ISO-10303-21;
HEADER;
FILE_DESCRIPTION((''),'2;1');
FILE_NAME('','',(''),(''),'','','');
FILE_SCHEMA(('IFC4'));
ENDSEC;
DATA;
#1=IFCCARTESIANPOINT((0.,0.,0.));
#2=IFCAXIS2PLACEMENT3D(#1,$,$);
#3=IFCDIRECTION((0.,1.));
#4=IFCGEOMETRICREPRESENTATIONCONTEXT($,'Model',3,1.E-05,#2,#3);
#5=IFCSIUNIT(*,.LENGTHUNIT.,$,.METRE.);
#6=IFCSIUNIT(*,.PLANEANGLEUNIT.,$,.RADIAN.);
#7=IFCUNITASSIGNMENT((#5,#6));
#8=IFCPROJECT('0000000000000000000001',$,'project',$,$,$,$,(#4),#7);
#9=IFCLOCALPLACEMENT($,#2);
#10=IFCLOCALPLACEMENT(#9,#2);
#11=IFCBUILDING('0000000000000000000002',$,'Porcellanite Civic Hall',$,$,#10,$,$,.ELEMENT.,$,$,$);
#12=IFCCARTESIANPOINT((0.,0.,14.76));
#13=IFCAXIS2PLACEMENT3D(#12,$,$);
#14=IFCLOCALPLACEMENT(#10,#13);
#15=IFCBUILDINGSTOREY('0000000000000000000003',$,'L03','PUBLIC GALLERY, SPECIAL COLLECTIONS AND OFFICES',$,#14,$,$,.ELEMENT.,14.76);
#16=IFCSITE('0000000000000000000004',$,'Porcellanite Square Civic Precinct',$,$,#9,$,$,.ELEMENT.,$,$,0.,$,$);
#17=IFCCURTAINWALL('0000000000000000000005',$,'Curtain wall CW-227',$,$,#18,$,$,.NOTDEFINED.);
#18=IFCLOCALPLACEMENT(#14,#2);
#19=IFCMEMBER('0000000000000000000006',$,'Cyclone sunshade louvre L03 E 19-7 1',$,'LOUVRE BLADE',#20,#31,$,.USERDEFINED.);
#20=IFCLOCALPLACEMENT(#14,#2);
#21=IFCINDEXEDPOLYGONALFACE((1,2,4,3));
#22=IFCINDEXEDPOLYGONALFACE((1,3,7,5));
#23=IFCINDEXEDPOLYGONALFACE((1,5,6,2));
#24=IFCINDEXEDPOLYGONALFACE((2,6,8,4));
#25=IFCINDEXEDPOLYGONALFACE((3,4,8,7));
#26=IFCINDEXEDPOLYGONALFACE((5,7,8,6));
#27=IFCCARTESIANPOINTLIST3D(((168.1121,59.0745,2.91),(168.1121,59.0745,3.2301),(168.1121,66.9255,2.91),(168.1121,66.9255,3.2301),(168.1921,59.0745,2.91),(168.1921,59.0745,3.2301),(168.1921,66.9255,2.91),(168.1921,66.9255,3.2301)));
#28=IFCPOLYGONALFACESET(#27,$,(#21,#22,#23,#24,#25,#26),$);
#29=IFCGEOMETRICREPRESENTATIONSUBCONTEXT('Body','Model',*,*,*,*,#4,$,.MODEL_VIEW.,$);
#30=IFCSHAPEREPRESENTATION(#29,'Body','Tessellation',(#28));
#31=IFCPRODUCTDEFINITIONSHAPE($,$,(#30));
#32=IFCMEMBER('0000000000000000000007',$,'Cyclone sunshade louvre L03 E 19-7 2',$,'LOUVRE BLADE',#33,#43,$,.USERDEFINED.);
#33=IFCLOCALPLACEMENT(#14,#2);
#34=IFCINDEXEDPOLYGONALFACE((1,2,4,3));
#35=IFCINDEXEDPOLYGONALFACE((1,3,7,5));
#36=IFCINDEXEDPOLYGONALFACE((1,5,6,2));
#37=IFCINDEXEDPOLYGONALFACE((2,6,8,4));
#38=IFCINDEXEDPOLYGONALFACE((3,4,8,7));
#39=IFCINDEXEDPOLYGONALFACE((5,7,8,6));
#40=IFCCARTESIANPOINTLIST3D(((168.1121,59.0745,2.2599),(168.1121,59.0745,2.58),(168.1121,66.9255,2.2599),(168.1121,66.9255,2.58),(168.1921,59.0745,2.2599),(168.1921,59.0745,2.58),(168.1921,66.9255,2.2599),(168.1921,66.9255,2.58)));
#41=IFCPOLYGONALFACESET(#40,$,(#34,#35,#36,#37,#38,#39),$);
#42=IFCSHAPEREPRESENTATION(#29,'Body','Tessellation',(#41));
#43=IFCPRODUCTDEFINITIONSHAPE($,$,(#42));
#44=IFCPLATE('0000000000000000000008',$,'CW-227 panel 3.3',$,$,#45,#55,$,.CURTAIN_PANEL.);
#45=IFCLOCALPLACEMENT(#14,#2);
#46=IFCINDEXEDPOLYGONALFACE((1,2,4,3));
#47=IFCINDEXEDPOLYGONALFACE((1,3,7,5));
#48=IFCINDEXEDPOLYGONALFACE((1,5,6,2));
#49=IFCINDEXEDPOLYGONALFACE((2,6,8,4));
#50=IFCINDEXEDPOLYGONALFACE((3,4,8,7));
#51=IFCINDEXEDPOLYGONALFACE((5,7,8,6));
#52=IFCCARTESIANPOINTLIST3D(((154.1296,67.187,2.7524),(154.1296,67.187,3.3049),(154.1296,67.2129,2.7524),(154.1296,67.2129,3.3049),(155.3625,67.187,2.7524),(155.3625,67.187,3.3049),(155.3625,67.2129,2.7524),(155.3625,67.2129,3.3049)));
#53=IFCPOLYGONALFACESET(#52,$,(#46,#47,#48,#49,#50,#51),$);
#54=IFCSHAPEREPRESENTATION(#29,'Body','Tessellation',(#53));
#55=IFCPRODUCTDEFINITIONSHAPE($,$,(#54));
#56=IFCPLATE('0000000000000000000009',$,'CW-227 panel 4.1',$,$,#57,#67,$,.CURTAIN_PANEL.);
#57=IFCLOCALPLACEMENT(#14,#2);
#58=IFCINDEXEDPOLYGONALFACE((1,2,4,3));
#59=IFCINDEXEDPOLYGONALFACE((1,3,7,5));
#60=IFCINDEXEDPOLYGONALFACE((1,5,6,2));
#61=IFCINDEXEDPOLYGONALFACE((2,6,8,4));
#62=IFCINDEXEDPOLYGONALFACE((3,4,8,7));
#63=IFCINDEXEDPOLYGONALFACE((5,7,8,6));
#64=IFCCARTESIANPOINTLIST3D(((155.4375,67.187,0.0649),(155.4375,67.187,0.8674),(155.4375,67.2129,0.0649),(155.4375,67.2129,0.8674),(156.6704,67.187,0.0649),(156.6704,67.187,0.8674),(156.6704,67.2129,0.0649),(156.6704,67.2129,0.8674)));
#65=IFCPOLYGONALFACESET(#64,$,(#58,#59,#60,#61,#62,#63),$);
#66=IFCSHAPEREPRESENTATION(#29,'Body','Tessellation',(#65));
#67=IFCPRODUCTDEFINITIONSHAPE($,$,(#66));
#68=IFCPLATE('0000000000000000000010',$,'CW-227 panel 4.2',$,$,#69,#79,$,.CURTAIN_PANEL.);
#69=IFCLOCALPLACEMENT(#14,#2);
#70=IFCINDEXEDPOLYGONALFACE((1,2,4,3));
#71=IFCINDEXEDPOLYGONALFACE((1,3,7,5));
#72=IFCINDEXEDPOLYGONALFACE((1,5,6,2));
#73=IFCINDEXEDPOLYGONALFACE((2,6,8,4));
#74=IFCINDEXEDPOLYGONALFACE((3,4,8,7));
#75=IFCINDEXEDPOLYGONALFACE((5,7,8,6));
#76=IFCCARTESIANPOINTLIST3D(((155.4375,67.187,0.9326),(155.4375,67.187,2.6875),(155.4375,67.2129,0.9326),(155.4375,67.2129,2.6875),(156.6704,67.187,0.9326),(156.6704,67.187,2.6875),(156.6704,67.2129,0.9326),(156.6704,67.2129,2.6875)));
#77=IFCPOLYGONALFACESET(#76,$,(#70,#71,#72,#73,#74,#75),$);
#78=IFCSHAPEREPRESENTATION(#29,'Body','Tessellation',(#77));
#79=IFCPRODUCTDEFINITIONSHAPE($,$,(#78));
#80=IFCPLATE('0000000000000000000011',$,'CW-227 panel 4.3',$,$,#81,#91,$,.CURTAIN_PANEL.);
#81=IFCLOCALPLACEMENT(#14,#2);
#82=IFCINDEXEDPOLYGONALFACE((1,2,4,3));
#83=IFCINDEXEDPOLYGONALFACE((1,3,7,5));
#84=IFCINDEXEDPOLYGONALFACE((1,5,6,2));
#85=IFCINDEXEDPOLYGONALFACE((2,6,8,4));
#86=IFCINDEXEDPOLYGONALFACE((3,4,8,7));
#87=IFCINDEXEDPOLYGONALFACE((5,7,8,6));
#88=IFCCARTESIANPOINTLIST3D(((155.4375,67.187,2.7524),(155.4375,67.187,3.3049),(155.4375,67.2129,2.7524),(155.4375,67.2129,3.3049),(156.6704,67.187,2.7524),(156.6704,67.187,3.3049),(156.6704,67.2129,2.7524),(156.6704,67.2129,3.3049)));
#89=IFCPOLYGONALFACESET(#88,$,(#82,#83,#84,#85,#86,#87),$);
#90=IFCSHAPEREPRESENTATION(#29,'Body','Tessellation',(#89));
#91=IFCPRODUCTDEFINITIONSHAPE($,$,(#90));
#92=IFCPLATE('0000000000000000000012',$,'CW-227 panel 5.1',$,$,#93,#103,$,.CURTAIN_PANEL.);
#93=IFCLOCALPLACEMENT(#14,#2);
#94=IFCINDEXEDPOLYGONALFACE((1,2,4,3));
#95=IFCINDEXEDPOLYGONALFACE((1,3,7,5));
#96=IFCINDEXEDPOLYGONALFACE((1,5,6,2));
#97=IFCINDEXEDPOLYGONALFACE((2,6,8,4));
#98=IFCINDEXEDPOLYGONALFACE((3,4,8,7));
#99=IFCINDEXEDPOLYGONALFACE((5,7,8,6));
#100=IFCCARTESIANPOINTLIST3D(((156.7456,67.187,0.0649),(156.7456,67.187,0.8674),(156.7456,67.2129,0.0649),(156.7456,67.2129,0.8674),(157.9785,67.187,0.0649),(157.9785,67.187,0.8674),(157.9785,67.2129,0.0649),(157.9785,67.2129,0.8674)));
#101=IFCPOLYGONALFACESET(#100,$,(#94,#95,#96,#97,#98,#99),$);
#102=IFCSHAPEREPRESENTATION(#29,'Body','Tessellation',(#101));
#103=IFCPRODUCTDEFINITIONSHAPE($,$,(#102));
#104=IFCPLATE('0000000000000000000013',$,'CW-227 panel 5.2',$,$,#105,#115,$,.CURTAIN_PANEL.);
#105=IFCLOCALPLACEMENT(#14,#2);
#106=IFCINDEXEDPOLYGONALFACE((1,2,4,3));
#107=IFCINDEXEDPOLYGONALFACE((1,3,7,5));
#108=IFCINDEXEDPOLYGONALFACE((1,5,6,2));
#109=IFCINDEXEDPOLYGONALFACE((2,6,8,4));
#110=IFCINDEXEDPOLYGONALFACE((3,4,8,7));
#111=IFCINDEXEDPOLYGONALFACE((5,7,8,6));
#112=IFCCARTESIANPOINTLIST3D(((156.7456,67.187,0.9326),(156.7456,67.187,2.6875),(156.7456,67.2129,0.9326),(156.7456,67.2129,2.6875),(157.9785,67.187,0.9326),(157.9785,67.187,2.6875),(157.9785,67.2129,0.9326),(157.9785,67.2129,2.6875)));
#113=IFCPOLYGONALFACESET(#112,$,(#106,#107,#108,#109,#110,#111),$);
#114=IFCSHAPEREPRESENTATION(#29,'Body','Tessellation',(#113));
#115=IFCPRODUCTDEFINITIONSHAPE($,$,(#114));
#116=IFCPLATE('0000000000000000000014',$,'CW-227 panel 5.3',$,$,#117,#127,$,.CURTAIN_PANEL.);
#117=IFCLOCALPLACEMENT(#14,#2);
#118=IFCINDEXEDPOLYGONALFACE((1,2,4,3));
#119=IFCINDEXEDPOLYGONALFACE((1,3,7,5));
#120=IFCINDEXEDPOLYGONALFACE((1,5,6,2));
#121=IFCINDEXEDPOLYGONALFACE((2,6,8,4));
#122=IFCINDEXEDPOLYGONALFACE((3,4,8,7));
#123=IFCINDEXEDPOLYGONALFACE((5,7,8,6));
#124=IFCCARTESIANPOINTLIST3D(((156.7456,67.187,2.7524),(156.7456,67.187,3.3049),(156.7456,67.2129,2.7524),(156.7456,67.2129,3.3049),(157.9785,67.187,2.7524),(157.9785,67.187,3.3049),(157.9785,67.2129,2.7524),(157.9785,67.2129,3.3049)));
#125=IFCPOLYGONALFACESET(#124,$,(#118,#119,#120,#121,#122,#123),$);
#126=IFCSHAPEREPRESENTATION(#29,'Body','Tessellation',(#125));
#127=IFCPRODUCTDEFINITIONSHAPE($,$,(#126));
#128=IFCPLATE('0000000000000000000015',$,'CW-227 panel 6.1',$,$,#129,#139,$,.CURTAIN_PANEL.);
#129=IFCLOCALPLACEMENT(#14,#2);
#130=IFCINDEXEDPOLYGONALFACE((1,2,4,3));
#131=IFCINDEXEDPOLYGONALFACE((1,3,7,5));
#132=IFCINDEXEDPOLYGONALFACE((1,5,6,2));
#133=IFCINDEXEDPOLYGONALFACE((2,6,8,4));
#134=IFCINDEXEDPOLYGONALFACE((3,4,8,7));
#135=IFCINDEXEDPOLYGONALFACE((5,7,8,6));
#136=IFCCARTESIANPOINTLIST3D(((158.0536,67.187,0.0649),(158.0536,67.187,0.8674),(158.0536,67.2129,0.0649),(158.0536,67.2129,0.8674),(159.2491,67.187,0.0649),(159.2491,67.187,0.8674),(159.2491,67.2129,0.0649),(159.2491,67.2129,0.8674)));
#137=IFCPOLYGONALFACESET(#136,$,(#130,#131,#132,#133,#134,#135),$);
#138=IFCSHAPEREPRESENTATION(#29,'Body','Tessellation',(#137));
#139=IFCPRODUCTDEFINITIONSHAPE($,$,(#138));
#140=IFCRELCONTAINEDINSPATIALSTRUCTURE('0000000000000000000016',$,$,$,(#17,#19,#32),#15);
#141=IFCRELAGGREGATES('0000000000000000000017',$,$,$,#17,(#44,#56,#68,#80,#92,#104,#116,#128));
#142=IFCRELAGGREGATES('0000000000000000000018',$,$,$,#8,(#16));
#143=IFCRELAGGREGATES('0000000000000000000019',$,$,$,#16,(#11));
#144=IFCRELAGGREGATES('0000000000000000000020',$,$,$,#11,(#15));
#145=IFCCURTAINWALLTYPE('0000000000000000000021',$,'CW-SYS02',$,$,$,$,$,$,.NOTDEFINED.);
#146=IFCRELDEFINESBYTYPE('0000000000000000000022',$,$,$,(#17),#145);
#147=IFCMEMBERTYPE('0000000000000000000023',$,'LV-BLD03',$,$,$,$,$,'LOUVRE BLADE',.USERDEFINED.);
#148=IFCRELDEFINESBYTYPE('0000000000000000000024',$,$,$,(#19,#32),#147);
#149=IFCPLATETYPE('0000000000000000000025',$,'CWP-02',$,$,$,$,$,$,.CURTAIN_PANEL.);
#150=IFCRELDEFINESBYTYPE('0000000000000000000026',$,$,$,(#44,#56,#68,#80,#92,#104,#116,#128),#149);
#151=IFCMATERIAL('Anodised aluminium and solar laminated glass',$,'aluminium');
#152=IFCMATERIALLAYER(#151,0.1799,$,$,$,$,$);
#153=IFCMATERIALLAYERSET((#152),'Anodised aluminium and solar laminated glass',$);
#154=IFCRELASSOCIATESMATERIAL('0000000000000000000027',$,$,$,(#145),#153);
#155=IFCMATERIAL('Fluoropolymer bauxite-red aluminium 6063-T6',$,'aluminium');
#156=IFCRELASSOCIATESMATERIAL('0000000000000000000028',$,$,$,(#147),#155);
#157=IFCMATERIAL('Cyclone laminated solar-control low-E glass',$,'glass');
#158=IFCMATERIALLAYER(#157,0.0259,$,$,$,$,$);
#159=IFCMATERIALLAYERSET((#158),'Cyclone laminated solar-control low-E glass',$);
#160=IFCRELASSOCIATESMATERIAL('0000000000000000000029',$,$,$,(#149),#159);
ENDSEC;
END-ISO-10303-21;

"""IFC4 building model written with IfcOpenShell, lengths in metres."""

from ifc_helpers import new_model, si_unit, direction, frame, origin, origin_2d, place, context, subcontext, project, spatial, rectangle, extrude, material, layer, layer_set, material_profile, profile_set, type_object, element, aggregate, save


model = new_model("IFC4")

# Units and contexts
model_context = context("Model", 3, precision=1e-05, world=origin(), true_north=direction((0.0, 1.0)))
body_context = subcontext(model_context, "Body", "Model", "MODEL_VIEW")
ifc_project = project(units=[si_unit("LENGTHUNIT", "METRE"), si_unit("PLANEANGLEUNIT", "RADIAN")], contexts=[model_context])

# Site, building, storey
site_placement = place(None, origin())
site = spatial("IfcSite", under=ifc_project, at=site_placement, Name="Porcellanite Square Civic Precinct", CompositionType="ELEMENT", RefElevation=0.0)
building_placement = place(site_placement, origin())
building = spatial("IfcBuilding", under=site, at=building_placement, Name="Porcellanite Civic Hall", CompositionType="ELEMENT")
storey_placement = place(building_placement, frame((0.0, 0.0, 14.76)))
storey = spatial("IfcBuildingStorey", under=building, at=storey_placement, Name="L03", Description="PUBLIC GALLERY, SPECIAL COLLECTIONS AND OFFICES", CompositionType="ELEMENT", Elevation=14.76)

# Curtain wall
ifc_material_1 = material(Name="Anodised aluminium and solar laminated glass", Category="aluminium")
ifc_layer_1 = layer(ifc_material_1, 0.1799)
ifc_layer_set_1 = layer_set([ifc_layer_1], Name="Anodised aluminium and solar laminated glass")
curtain_wall_type = type_object("IfcCurtainWallType", Name="CW-SYS02", PredefinedType="NOTDEFINED", material=ifc_layer_set_1)
curtain_wall_placement = place(storey_placement, origin())
curtain_wall = element("IfcCurtainWall", 1, at=curtain_wall_placement, inside=storey, type_object=curtain_wall_type, Name="Curtain wall CW-227", PredefinedType="NOTDEFINED")

# Members
ifc_material_2 = material(Name="Fluoropolymer bauxite-red aluminium 6063-T6", Category="aluminium")
ifc_material_profile_1 = material_profile(ifc_material_2, rectangle(XDim=0.0801, YDim=0.3201, at=origin_2d()), Name="AL-80x320")
ifc_profile_set_1 = profile_set([ifc_material_profile_1], Name="Fluoropolymer bauxite-red aluminium 6063-T6")
member_type_1 = type_object("IfcMemberType", Name="LV-BLD03", ElementType="LOUVRE BLADE", PredefinedType="USERDEFINED", material=ifc_profile_set_1)
for number, where, z_axis, x_axis, name in (
    (2, (168.1521, 66.9255, 3.0701), (0.0, -1.0, 0.0), (1.0, 0.0, 0.0), "Cyclone sunshade louvre L03 E 19-7 1"),
    (3, (168.1521, 66.9255, 2.4199), (0.0, -1.0, 0.0), (1.0, 0.0, 0.0), "Cyclone sunshade louvre L03 E 19-7 2"),
):
    element("IfcMember", number, at=place(storey_placement, frame(where, z_axis=z_axis, x_axis=x_axis)), inside=storey, type_object=member_type_1, Name=name, ObjectType="LOUVRE BLADE", PredefinedType="USERDEFINED", context=body_context, shape_type="SweptSolid", body=[
        extrude(rectangle(XDim=0.0801, YDim=0.3201, at=origin_2d()), origin(), (0.0, 0.0, 1.0), 7.8511),
    ])

# Plates
ifc_material_3 = material(Name="Cyclone laminated solar-control low-E glass", Category="glass")
ifc_layer_2 = layer(ifc_material_3, 0.0259)
ifc_layer_set_2 = layer_set([ifc_layer_2], Name="Cyclone laminated solar-control low-E glass")
plate_type = type_object("IfcPlateType", Name="CWP-02", PredefinedType="CURTAIN_PANEL", material=ifc_layer_set_2)
plate_1_placement = place(storey_placement, frame((154.7461, 67.2, 2.7524), z_axis=(0.0, 0.0, 1.0), x_axis=(1.0, 0.0, 0.0)))
plate_1 = element("IfcPlate", 4, at=plate_1_placement, type_object=plate_type, Name="CW-227 panel 3.3", PredefinedType="CURTAIN_PANEL", context=body_context, shape_type="SweptSolid", body=[
    extrude(rectangle(XDim=1.2329, YDim=0.0259, at=origin_2d()), origin(), (0.0, 0.0, 1.0), 0.5525),
])
plate_2_placement = place(storey_placement, frame((156.054, 67.2, 0.0649), z_axis=(0.0, 0.0, 1.0), x_axis=(1.0, 0.0, 0.0)))
plate_2 = element("IfcPlate", 5, at=plate_2_placement, type_object=plate_type, Name="CW-227 panel 4.1", PredefinedType="CURTAIN_PANEL", context=body_context, shape_type="SweptSolid", body=[
    extrude(rectangle(XDim=1.2329, YDim=0.0259, at=origin_2d()), origin(), (0.0, 0.0, 1.0), 0.8025),
])
plate_3_placement = place(storey_placement, frame((156.054, 67.2, 0.9326), z_axis=(0.0, 0.0, 1.0), x_axis=(1.0, 0.0, 0.0)))
plate_3 = element("IfcPlate", 6, at=plate_3_placement, type_object=plate_type, Name="CW-227 panel 4.2", PredefinedType="CURTAIN_PANEL", context=body_context, shape_type="SweptSolid", body=[
    extrude(rectangle(XDim=1.2329, YDim=0.0259, at=origin_2d()), origin(), (0.0, 0.0, 1.0), 1.7549),
])
plate_4_placement = place(storey_placement, frame((156.054, 67.2, 2.7524), z_axis=(0.0, 0.0, 1.0), x_axis=(1.0, 0.0, 0.0)))
plate_4 = element("IfcPlate", 7, at=plate_4_placement, type_object=plate_type, Name="CW-227 panel 4.3", PredefinedType="CURTAIN_PANEL", context=body_context, shape_type="SweptSolid", body=[
    extrude(rectangle(XDim=1.2329, YDim=0.0259, at=origin_2d()), origin(), (0.0, 0.0, 1.0), 0.5525),
])
plate_5_placement = place(storey_placement, frame((157.3621, 67.2, 0.0649), z_axis=(0.0, 0.0, 1.0), x_axis=(1.0, 0.0, 0.0)))
plate_5 = element("IfcPlate", 8, at=plate_5_placement, type_object=plate_type, Name="CW-227 panel 5.1", PredefinedType="CURTAIN_PANEL", context=body_context, shape_type="SweptSolid", body=[
    extrude(rectangle(XDim=1.2329, YDim=0.0259, at=origin_2d()), origin(), (0.0, 0.0, 1.0), 0.8025),
])
plate_6_placement = place(storey_placement, frame((157.3621, 67.2, 0.9326), z_axis=(0.0, 0.0, 1.0), x_axis=(1.0, 0.0, 0.0)))
plate_6 = element("IfcPlate", 9, at=plate_6_placement, type_object=plate_type, Name="CW-227 panel 5.2", PredefinedType="CURTAIN_PANEL", context=body_context, shape_type="SweptSolid", body=[
    extrude(rectangle(XDim=1.2329, YDim=0.0259, at=origin_2d()), origin(), (0.0, 0.0, 1.0), 1.7549),
])
plate_7_placement = place(storey_placement, frame((157.3621, 67.2, 2.7524), z_axis=(0.0, 0.0, 1.0), x_axis=(1.0, 0.0, 0.0)))
plate_7 = element("IfcPlate", 10, at=plate_7_placement, type_object=plate_type, Name="CW-227 panel 5.3", PredefinedType="CURTAIN_PANEL", context=body_context, shape_type="SweptSolid", body=[
    extrude(rectangle(XDim=1.2329, YDim=0.0259, at=origin_2d()), origin(), (0.0, 0.0, 1.0), 0.5525),
])
plate_8_placement = place(storey_placement, frame((158.6514, 67.2, 0.0649), z_axis=(0.0, 0.0, 1.0), x_axis=(1.0, 0.0, 0.0)))
plate_8 = element("IfcPlate", 11, at=plate_8_placement, type_object=plate_type, Name="CW-227 panel 6.1", PredefinedType="CURTAIN_PANEL", context=body_context, shape_type="SweptSolid", body=[
    extrude(rectangle(XDim=1.1956, YDim=0.0259, at=origin_2d()), origin(), (0.0, 0.0, 1.0), 0.8025),
])
aggregate(curtain_wall, [plate_1, plate_2, plate_3, plate_4, plate_5, plate_6, plate_7, plate_8])

save(model, "model.ifc")
